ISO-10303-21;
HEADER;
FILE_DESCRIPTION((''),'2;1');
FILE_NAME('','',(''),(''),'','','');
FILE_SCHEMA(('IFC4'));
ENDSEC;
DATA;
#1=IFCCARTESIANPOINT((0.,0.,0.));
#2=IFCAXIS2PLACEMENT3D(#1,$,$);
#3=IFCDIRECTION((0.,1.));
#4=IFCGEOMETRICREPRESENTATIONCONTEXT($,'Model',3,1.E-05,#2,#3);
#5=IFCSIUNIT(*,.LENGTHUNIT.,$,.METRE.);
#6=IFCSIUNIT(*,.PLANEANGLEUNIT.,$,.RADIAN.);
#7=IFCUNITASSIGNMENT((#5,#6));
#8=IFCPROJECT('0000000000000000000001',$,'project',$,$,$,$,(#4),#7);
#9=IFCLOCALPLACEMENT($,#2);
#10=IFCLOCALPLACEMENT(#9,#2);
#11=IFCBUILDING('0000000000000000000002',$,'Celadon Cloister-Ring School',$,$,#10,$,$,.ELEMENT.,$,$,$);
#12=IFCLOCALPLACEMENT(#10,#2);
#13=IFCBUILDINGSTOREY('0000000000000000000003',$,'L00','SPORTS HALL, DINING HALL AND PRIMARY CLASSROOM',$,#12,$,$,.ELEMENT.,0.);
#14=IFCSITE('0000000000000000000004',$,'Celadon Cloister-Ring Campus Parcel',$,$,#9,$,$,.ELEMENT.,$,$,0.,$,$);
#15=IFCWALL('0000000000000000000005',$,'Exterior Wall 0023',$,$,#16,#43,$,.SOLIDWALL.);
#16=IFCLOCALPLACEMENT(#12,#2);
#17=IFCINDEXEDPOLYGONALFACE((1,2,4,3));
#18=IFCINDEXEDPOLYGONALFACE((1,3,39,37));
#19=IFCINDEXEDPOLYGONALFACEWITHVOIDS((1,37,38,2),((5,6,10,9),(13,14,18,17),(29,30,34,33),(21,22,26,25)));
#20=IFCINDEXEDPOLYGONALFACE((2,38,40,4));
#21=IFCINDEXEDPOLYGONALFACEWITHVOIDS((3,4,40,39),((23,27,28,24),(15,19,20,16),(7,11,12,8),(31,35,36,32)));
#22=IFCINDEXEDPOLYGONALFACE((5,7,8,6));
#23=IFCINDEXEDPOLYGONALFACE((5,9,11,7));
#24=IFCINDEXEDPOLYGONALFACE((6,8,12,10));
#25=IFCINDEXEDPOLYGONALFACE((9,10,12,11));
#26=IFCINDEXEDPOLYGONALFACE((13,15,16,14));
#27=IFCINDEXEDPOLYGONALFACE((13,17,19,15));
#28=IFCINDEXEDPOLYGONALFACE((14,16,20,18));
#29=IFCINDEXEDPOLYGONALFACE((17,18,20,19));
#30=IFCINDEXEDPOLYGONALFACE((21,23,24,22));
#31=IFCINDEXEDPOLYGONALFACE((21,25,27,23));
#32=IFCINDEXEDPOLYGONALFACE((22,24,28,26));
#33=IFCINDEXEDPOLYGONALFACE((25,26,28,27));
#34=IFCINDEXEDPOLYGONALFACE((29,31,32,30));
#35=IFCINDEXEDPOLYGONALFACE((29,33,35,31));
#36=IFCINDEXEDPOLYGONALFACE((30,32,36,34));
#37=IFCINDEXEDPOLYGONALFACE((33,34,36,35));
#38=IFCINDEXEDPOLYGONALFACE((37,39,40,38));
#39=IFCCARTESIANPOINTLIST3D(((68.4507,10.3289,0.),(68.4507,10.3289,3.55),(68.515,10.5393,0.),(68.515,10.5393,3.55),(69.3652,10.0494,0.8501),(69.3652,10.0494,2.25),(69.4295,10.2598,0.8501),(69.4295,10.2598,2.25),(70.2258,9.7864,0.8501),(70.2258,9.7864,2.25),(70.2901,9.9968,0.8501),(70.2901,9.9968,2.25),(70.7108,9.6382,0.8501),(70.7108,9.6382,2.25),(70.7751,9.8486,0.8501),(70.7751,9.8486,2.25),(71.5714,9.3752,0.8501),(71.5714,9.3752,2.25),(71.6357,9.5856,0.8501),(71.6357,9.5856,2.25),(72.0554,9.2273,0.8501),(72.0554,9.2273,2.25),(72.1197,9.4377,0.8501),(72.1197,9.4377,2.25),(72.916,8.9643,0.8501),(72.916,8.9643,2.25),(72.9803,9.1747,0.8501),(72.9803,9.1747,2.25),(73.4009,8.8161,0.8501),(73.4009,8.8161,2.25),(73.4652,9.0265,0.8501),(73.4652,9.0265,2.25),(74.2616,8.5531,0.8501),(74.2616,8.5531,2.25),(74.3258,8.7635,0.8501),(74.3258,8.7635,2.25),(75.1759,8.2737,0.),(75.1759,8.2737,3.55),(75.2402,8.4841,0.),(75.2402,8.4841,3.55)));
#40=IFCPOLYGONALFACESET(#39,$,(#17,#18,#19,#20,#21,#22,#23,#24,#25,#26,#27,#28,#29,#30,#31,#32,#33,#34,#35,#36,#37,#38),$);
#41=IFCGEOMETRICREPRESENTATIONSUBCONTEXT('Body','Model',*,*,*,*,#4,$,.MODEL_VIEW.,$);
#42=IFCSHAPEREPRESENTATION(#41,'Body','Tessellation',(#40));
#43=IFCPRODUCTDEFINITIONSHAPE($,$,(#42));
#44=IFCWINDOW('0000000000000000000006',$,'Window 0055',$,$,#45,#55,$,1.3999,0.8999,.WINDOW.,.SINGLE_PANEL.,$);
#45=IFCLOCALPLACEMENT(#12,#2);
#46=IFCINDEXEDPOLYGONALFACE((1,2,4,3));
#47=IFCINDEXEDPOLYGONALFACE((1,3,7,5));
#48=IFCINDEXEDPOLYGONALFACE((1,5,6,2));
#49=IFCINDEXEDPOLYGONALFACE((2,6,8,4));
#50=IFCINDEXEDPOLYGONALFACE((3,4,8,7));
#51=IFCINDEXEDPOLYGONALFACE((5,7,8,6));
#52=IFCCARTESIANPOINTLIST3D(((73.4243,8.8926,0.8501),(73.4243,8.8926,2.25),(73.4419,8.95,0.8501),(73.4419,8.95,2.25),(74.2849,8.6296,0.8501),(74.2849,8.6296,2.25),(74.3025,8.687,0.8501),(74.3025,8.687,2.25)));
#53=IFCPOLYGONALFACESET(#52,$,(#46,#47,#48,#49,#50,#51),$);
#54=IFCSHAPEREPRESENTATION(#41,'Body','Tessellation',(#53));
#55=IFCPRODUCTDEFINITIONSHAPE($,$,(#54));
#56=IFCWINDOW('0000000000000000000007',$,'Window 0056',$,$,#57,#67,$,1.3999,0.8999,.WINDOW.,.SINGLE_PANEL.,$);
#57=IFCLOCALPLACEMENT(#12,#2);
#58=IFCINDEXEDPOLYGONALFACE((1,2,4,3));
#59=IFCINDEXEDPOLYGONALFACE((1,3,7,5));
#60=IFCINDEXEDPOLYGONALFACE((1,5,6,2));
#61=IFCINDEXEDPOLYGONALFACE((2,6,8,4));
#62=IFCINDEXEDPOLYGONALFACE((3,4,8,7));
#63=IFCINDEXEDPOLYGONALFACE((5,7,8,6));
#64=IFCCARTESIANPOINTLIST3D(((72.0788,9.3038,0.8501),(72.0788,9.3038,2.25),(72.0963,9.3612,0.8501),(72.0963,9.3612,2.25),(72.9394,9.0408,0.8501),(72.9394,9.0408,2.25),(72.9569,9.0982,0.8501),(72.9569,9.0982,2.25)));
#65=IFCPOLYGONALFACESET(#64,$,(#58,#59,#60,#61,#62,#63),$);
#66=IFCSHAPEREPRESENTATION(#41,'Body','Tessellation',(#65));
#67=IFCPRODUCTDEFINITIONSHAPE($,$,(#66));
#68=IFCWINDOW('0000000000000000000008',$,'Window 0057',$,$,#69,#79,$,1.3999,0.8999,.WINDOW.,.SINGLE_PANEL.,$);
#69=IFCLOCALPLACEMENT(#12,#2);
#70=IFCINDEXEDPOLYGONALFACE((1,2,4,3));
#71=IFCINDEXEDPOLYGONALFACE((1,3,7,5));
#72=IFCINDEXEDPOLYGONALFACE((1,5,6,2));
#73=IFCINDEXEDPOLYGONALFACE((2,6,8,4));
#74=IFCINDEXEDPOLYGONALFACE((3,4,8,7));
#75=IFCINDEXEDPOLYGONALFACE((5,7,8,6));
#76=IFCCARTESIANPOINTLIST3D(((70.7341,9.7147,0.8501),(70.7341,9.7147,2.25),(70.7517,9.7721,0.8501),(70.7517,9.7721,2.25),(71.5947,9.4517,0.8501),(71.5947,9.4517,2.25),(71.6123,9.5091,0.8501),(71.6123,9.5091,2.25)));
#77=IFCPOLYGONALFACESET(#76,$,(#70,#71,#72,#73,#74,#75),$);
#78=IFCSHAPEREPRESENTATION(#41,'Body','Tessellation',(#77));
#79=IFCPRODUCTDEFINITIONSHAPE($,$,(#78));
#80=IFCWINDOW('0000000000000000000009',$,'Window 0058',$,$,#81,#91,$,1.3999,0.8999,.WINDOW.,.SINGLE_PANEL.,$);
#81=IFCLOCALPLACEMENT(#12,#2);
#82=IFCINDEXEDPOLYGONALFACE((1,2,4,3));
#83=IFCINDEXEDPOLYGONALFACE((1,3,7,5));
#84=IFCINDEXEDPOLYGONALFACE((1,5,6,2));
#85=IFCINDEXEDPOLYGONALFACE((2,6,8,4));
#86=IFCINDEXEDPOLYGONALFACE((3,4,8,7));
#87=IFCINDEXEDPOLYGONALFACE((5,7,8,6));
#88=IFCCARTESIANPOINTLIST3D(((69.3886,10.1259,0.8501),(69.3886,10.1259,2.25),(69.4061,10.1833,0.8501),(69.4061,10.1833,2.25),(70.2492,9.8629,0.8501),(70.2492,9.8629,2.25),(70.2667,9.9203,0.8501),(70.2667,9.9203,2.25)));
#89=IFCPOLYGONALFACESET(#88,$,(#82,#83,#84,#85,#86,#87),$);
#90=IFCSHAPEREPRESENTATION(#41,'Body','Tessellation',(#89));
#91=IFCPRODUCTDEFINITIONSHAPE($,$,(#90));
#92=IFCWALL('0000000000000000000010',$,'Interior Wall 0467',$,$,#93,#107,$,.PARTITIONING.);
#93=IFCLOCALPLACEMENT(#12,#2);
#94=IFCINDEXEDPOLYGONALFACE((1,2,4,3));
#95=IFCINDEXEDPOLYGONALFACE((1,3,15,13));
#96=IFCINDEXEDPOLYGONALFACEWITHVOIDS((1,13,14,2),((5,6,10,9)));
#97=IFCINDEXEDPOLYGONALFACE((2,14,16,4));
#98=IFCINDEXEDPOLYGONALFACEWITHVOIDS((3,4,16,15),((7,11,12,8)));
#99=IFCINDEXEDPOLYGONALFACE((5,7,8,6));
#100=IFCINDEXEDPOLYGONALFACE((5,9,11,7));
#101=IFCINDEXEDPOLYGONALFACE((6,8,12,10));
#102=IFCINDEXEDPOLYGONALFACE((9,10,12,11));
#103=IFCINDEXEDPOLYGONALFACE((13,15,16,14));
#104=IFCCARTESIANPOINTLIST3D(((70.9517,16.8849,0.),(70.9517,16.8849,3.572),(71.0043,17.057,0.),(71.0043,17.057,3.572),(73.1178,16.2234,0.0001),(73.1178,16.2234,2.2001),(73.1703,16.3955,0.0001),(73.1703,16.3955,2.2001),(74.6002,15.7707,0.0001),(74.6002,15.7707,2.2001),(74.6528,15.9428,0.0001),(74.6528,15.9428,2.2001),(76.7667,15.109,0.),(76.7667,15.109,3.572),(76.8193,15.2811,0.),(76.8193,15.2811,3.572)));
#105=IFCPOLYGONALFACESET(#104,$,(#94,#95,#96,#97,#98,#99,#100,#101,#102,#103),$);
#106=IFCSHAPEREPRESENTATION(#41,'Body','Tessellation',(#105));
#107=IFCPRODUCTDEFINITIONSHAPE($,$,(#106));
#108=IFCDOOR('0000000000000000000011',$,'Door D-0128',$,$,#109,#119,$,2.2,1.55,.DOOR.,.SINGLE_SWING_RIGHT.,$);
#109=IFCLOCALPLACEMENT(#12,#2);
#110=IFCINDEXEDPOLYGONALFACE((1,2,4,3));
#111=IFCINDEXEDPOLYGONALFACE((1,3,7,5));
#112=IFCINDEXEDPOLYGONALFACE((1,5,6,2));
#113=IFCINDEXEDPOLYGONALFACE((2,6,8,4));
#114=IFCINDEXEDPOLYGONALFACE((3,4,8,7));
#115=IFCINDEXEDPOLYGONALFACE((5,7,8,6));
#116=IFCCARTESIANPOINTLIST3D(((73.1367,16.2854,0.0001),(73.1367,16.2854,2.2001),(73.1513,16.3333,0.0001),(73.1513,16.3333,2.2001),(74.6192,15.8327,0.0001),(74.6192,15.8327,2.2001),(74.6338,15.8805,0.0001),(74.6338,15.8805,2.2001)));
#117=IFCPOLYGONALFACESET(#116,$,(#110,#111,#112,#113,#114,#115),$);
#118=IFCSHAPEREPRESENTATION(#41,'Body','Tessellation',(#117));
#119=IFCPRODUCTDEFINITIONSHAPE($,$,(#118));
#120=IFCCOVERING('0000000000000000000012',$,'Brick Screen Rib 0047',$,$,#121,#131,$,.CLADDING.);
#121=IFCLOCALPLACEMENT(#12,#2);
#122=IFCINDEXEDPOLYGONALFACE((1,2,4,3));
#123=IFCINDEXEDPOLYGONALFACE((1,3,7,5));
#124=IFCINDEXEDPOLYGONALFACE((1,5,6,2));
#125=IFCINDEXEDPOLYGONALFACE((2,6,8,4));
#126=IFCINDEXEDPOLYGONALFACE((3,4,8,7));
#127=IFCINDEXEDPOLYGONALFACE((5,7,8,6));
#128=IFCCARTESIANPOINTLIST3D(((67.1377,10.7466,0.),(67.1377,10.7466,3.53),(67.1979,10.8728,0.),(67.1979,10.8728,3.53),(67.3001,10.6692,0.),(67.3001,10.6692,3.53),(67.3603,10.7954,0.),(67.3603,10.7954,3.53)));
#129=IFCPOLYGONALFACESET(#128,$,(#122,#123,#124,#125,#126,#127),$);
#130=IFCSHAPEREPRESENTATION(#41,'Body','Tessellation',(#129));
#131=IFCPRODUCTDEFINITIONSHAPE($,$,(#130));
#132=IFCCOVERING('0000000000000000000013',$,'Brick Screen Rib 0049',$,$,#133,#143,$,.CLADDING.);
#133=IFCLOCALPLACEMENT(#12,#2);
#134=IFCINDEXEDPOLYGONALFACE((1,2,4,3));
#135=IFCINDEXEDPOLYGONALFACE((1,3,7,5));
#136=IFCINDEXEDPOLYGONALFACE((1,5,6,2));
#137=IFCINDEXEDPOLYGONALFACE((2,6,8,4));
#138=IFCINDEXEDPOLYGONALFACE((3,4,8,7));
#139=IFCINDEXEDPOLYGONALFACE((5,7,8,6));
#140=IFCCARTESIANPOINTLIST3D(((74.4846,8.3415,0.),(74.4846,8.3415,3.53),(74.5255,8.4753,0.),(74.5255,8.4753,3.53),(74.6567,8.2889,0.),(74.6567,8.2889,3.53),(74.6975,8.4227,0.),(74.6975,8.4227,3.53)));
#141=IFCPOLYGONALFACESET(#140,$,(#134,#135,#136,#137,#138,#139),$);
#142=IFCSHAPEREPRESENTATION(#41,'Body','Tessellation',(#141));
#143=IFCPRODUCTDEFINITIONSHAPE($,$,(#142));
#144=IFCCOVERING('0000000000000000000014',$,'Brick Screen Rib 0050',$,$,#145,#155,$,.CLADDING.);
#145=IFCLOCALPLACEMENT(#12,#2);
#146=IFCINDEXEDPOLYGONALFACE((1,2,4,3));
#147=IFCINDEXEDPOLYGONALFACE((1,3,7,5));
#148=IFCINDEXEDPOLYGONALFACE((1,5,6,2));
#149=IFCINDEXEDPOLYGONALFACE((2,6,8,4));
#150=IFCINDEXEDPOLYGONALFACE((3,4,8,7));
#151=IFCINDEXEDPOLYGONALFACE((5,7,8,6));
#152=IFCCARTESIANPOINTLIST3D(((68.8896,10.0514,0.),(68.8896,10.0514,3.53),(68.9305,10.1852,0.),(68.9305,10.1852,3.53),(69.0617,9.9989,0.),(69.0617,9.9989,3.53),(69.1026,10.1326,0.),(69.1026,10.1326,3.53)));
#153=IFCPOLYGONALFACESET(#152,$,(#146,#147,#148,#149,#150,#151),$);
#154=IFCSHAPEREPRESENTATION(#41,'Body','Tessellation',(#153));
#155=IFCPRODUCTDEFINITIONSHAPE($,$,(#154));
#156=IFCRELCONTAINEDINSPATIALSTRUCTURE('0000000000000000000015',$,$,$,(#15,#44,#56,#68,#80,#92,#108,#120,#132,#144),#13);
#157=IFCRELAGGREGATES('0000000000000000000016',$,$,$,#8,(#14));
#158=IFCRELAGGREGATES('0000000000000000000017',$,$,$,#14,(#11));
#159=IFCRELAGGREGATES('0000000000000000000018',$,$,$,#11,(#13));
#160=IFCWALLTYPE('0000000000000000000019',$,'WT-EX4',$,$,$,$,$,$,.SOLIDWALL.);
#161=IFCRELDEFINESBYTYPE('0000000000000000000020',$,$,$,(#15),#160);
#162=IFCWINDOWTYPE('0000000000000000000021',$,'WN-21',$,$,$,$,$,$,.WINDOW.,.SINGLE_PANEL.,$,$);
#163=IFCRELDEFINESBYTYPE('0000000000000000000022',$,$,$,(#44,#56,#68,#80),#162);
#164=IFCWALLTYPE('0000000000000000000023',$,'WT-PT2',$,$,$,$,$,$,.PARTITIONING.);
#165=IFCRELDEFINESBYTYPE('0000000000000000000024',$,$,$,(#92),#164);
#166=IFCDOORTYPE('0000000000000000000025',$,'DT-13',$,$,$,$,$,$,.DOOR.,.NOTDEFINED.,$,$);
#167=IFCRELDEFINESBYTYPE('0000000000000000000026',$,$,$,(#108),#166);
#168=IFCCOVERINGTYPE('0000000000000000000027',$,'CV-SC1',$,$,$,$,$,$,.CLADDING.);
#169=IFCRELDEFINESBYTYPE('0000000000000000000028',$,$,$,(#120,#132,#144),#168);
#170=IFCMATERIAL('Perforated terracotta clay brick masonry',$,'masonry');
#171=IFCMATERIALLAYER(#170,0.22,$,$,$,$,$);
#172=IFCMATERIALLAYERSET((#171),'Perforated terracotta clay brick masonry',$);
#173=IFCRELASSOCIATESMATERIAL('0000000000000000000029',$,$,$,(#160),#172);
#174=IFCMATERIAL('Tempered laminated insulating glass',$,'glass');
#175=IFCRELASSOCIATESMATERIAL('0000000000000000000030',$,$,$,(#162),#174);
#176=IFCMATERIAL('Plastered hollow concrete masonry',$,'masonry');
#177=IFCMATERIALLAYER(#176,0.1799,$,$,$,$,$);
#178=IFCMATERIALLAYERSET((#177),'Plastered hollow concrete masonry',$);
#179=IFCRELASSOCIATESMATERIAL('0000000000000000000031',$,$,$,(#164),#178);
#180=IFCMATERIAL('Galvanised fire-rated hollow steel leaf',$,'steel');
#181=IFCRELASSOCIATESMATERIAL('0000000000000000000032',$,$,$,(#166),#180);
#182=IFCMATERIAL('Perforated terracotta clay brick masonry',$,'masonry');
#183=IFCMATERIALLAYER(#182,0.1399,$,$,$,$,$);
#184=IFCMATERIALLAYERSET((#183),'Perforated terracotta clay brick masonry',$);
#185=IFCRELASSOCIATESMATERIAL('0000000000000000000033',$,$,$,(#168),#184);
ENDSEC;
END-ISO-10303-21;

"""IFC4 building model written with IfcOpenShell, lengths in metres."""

from ifc_helpers import new_model, si_unit, direction, frame, frame_2d, origin, origin_2d, place, context, subcontext, project, spatial, rectangle, extrude, material, layer, layer_set, type_object, element, fill, save


model = new_model("IFC4")

# Units and contexts
model_context = context("Model", 3, precision=1e-05, world=origin(), true_north=direction((0.0, 1.0)))
body_context = subcontext(model_context, "Body", "Model", "MODEL_VIEW")
ifc_project = project(units=[si_unit("LENGTHUNIT", "METRE"), si_unit("PLANEANGLEUNIT", "RADIAN")], contexts=[model_context])

# Site, building, storey
site_placement = place(None, origin())
site = spatial("IfcSite", under=ifc_project, at=site_placement, Name="Celadon Cloister-Ring Campus Parcel", CompositionType="ELEMENT", RefElevation=0.0)
building_placement = place(site_placement, origin())
building = spatial("IfcBuilding", under=site, at=building_placement, Name="Celadon Cloister-Ring School", CompositionType="ELEMENT")
storey_placement = place(building_placement, origin())
storey = spatial("IfcBuildingStorey", under=building, at=storey_placement, Name="L00", Description="SPORTS HALL, DINING HALL AND PRIMARY CLASSROOM", CompositionType="ELEMENT", Elevation=0.0)

# Wall, openings, windows
ifc_material_1 = material(Name="Perforated terracotta clay brick masonry", Category="masonry")
ifc_layer_1 = layer(ifc_material_1, 0.22)
ifc_layer_set_1 = layer_set([ifc_layer_1], Name="Perforated terracotta clay brick masonry")
wall_type_1 = type_object("IfcWallType", Name="WT-EX4", PredefinedType="SOLIDWALL", material=ifc_layer_set_1)
ifc_material_2 = material(Name="Tempered laminated insulating glass", Category="glass")
window_type = type_object("IfcWindowType", Name="WN-21", PartitioningType="SINGLE_PANEL", PredefinedType="WINDOW", material=ifc_material_2)
wall_1_placement = place(storey_placement, frame((75.208, 8.3789, 0.0), z_axis=(0.0, 0.0, 1.0), x_axis=(-0.95634, 0.292256, 0.0)))
wall_1 = element("IfcWall", 1, at=wall_1_placement, inside=storey, type_object=wall_type_1, Name="Exterior Wall 0023", PredefinedType="SOLIDWALL", context=body_context, shape_type="SweptSolid", body=[
    extrude(rectangle(XDim=7.0322, YDim=0.22, at=frame_2d((3.5161, 0.0))), origin(), (0.0, 0.0, 1.0), 3.55),
])
opening_1_placement = place(wall_1_placement, frame((0.9561, 0.0, 0.8501)))
opening_1 = element("IfcOpeningElement", 2, at=opening_1_placement, cuts=wall_1, PredefinedType="OPENING", context=body_context, shape_type="SweptSolid", body=[
    extrude(rectangle(XDim=0.8999, YDim=1.3999, at=frame_2d((0.45, 0.7))), frame((0.0, 0.1201, 0.0), z_axis=(0.0, -1.0, 0.0), x_axis=(1.0, 0.0, 0.0)), (0.0, 0.0, 1.0), 0.24),
])
opening_2_placement = place(wall_1_placement, frame((2.363, 0.0, 0.8501)))
opening_2 = element("IfcOpeningElement", 3, at=opening_2_placement, cuts=wall_1, PredefinedType="OPENING", context=body_context, shape_type="SweptSolid", body=[
    extrude(rectangle(XDim=0.8999, YDim=1.3999, at=frame_2d((0.45, 0.7))), frame((0.0, 0.1201, 0.0), z_axis=(0.0, -1.0, 0.0), x_axis=(1.0, 0.0, 0.0)), (0.0, 0.0, 1.0), 0.24),
])
opening_3_placement = place(wall_1_placement, frame((3.769, 0.0, 0.8501)))
opening_3 = element("IfcOpeningElement", 4, at=opening_3_placement, cuts=wall_1, PredefinedType="OPENING", context=body_context, shape_type="SweptSolid", body=[
    extrude(rectangle(XDim=0.8999, YDim=1.3999, at=frame_2d((0.45, 0.7))), frame((0.0, 0.1201, 0.0), z_axis=(0.0, -1.0, 0.0), x_axis=(1.0, 0.0, 0.0)), (0.0, 0.0, 1.0), 0.24),
])
opening_4_placement = place(wall_1_placement, frame((5.176, 0.0, 0.8501)))
opening_4 = element("IfcOpeningElement", 5, at=opening_4_placement, cuts=wall_1, PredefinedType="OPENING", context=body_context, shape_type="SweptSolid", body=[
    extrude(rectangle(XDim=0.8999, YDim=1.3999, at=frame_2d((0.45, 0.7))), frame((0.0, 0.1201, 0.0), z_axis=(0.0, -1.0, 0.0), x_axis=(1.0, 0.0, 0.0)), (0.0, 0.0, 1.0), 0.24),
])
window_1_placement = place(opening_1_placement, origin())
window_1 = element("IfcWindow", 6, at=window_1_placement, inside=storey, type_object=window_type, Name="Window 0055", OverallHeight=1.3999, OverallWidth=0.8999, PartitioningType="SINGLE_PANEL", PredefinedType="WINDOW", context=body_context, shape_type="SweptSolid", body=[
    extrude(rectangle(XDim=0.8999, YDim=1.3999, at=frame_2d((0.45, 0.7))), frame((0.0, 0.03, 0.0), z_axis=(0.0, -1.0, 0.0), x_axis=(1.0, 0.0, 0.0)), (0.0, 0.0, 1.0), 0.0601),
])
fill(opening_1, window_1)
window_2_placement = place(opening_2_placement, origin())
window_2 = element("IfcWindow", 7, at=window_2_placement, inside=storey, type_object=window_type, Name="Window 0056", OverallHeight=1.3999, OverallWidth=0.8999, PartitioningType="SINGLE_PANEL", PredefinedType="WINDOW", context=body_context, shape_type="SweptSolid", body=[
    extrude(rectangle(XDim=0.8999, YDim=1.3999, at=frame_2d((0.45, 0.7))), frame((0.0, 0.03, 0.0), z_axis=(0.0, -1.0, 0.0), x_axis=(1.0, 0.0, 0.0)), (0.0, 0.0, 1.0), 0.0601),
])
fill(opening_2, window_2)
window_3_placement = place(opening_3_placement, origin())
window_3 = element("IfcWindow", 8, at=window_3_placement, inside=storey, type_object=window_type, Name="Window 0057", OverallHeight=1.3999, OverallWidth=0.8999, PartitioningType="SINGLE_PANEL", PredefinedType="WINDOW", context=body_context, shape_type="SweptSolid", body=[
    extrude(rectangle(XDim=0.8999, YDim=1.3999, at=frame_2d((0.45, 0.7))), frame((0.0, 0.03, 0.0), z_axis=(0.0, -1.0, 0.0), x_axis=(1.0, 0.0, 0.0)), (0.0, 0.0, 1.0), 0.0601),
])
fill(opening_3, window_3)
window_4_placement = place(opening_4_placement, origin())
window_4 = element("IfcWindow", 9, at=window_4_placement, inside=storey, type_object=window_type, Name="Window 0058", OverallHeight=1.3999, OverallWidth=0.8999, PartitioningType="SINGLE_PANEL", PredefinedType="WINDOW", context=body_context, shape_type="SweptSolid", body=[
    extrude(rectangle(XDim=0.8999, YDim=1.3999, at=frame_2d((0.45, 0.7))), frame((0.0, 0.03, 0.0), z_axis=(0.0, -1.0, 0.0), x_axis=(1.0, 0.0, 0.0)), (0.0, 0.0, 1.0), 0.0601),
])
fill(opening_4, window_4)

# Wall, opening, door
ifc_material_3 = material(Name="Plastered hollow concrete masonry", Category="masonry")
ifc_layer_2 = layer(ifc_material_3, 0.1799)
ifc_layer_set_2 = layer_set([ifc_layer_2], Name="Plastered hollow concrete masonry")
wall_type_2 = type_object("IfcWallType", Name="WT-PT2", PredefinedType="PARTITIONING", material=ifc_layer_set_2)
wall_2_placement = place(storey_placement, frame((70.978, 16.9709, 0.0), z_axis=(0.0, 0.0, 1.0), x_axis=(0.956393, -0.292082, 0.0)))
wall_2 = element("IfcWall", 10, at=wall_2_placement, inside=storey, type_object=wall_type_2, Name="Interior Wall 0467", PredefinedType="PARTITIONING", context=body_context, shape_type="SweptSolid", body=[
    extrude(rectangle(XDim=6.0801, YDim=0.1799, at=frame_2d((3.04, 0.0))), origin(), (0.0, 0.0, 1.0), 3.572),
])
opening_5_placement = place(wall_2_placement, frame((2.2649, 0.0, 0.0)))
opening_5 = element("IfcOpeningElement", 11, at=opening_5_placement, cuts=wall_2, PredefinedType="OPENING", context=body_context, shape_type="SweptSolid", body=[
    extrude(rectangle(XDim=1.55, YDim=2.2, at=frame_2d((0.7749, 1.1001))), frame((0.0, 0.1001, 0.0), z_axis=(0.0, -1.0, 0.0), x_axis=(1.0, 0.0, 0.0)), (0.0, 0.0, 1.0), 0.2),
])
ifc_material_4 = material(Name="Galvanised fire-rated hollow steel leaf", Category="steel")
door_type = type_object("IfcDoorType", Name="DT-13", OperationType="NOTDEFINED", PredefinedType="DOOR", material=ifc_material_4)
door_placement = place(opening_5_placement, origin())
door = element("IfcDoor", 12, at=door_placement, inside=storey, type_object=door_type, Name="Door D-0128", OperationType="SINGLE_SWING_RIGHT", OverallHeight=2.2, OverallWidth=1.55, PredefinedType="DOOR", context=body_context, shape_type="SweptSolid", body=[
    extrude(rectangle(XDim=1.55, YDim=2.2, at=frame_2d((0.7749, 1.1001))), frame((0.0, 0.0249, 0.0), z_axis=(0.0, -1.0, 0.0), x_axis=(1.0, 0.0, 0.0)), (0.0, 0.0, 1.0), 0.05),
])
fill(opening_5, door)

# Coverings
ifc_material_5 = material(Name="Perforated terracotta clay brick masonry", Category="masonry")
ifc_layer_3 = layer(ifc_material_5, 0.1399)
ifc_layer_set_3 = layer_set([ifc_layer_3], Name="Perforated terracotta clay brick masonry")
covering_type = type_object("IfcCoveringType", Name="CV-SC1", PredefinedType="CLADDING", material=ifc_layer_set_3)
for number, where, z_axis, x_axis, name in (
    (13, (67.249, 10.771, 0.0), (0.0, 0.0, 1.0), (-0.902743, 0.43018, 0.0), "Brick Screen Rib 0047"),
    (14, (74.5911, 8.3821, 0.0), (0.0, 0.0, 1.0), (-0.956346, 0.292238, 0.0), "Brick Screen Rib 0049"),
    (15, (68.9961, 10.092, 0.0), (0.0, 0.0, 1.0), (-0.956346, 0.292238, 0.0), "Brick Screen Rib 0050"),
):
    element("IfcCovering", number, at=place(storey_placement, frame(where, z_axis=z_axis, x_axis=x_axis)), inside=storey, type_object=covering_type, Name=name, PredefinedType="CLADDING", context=body_context, shape_type="SweptSolid", body=[
        extrude(rectangle(XDim=0.1799, YDim=0.1399, at=origin_2d()), origin(), (0.0, 0.0, 1.0), 3.53),
    ])

save(model, "model.ifc")
